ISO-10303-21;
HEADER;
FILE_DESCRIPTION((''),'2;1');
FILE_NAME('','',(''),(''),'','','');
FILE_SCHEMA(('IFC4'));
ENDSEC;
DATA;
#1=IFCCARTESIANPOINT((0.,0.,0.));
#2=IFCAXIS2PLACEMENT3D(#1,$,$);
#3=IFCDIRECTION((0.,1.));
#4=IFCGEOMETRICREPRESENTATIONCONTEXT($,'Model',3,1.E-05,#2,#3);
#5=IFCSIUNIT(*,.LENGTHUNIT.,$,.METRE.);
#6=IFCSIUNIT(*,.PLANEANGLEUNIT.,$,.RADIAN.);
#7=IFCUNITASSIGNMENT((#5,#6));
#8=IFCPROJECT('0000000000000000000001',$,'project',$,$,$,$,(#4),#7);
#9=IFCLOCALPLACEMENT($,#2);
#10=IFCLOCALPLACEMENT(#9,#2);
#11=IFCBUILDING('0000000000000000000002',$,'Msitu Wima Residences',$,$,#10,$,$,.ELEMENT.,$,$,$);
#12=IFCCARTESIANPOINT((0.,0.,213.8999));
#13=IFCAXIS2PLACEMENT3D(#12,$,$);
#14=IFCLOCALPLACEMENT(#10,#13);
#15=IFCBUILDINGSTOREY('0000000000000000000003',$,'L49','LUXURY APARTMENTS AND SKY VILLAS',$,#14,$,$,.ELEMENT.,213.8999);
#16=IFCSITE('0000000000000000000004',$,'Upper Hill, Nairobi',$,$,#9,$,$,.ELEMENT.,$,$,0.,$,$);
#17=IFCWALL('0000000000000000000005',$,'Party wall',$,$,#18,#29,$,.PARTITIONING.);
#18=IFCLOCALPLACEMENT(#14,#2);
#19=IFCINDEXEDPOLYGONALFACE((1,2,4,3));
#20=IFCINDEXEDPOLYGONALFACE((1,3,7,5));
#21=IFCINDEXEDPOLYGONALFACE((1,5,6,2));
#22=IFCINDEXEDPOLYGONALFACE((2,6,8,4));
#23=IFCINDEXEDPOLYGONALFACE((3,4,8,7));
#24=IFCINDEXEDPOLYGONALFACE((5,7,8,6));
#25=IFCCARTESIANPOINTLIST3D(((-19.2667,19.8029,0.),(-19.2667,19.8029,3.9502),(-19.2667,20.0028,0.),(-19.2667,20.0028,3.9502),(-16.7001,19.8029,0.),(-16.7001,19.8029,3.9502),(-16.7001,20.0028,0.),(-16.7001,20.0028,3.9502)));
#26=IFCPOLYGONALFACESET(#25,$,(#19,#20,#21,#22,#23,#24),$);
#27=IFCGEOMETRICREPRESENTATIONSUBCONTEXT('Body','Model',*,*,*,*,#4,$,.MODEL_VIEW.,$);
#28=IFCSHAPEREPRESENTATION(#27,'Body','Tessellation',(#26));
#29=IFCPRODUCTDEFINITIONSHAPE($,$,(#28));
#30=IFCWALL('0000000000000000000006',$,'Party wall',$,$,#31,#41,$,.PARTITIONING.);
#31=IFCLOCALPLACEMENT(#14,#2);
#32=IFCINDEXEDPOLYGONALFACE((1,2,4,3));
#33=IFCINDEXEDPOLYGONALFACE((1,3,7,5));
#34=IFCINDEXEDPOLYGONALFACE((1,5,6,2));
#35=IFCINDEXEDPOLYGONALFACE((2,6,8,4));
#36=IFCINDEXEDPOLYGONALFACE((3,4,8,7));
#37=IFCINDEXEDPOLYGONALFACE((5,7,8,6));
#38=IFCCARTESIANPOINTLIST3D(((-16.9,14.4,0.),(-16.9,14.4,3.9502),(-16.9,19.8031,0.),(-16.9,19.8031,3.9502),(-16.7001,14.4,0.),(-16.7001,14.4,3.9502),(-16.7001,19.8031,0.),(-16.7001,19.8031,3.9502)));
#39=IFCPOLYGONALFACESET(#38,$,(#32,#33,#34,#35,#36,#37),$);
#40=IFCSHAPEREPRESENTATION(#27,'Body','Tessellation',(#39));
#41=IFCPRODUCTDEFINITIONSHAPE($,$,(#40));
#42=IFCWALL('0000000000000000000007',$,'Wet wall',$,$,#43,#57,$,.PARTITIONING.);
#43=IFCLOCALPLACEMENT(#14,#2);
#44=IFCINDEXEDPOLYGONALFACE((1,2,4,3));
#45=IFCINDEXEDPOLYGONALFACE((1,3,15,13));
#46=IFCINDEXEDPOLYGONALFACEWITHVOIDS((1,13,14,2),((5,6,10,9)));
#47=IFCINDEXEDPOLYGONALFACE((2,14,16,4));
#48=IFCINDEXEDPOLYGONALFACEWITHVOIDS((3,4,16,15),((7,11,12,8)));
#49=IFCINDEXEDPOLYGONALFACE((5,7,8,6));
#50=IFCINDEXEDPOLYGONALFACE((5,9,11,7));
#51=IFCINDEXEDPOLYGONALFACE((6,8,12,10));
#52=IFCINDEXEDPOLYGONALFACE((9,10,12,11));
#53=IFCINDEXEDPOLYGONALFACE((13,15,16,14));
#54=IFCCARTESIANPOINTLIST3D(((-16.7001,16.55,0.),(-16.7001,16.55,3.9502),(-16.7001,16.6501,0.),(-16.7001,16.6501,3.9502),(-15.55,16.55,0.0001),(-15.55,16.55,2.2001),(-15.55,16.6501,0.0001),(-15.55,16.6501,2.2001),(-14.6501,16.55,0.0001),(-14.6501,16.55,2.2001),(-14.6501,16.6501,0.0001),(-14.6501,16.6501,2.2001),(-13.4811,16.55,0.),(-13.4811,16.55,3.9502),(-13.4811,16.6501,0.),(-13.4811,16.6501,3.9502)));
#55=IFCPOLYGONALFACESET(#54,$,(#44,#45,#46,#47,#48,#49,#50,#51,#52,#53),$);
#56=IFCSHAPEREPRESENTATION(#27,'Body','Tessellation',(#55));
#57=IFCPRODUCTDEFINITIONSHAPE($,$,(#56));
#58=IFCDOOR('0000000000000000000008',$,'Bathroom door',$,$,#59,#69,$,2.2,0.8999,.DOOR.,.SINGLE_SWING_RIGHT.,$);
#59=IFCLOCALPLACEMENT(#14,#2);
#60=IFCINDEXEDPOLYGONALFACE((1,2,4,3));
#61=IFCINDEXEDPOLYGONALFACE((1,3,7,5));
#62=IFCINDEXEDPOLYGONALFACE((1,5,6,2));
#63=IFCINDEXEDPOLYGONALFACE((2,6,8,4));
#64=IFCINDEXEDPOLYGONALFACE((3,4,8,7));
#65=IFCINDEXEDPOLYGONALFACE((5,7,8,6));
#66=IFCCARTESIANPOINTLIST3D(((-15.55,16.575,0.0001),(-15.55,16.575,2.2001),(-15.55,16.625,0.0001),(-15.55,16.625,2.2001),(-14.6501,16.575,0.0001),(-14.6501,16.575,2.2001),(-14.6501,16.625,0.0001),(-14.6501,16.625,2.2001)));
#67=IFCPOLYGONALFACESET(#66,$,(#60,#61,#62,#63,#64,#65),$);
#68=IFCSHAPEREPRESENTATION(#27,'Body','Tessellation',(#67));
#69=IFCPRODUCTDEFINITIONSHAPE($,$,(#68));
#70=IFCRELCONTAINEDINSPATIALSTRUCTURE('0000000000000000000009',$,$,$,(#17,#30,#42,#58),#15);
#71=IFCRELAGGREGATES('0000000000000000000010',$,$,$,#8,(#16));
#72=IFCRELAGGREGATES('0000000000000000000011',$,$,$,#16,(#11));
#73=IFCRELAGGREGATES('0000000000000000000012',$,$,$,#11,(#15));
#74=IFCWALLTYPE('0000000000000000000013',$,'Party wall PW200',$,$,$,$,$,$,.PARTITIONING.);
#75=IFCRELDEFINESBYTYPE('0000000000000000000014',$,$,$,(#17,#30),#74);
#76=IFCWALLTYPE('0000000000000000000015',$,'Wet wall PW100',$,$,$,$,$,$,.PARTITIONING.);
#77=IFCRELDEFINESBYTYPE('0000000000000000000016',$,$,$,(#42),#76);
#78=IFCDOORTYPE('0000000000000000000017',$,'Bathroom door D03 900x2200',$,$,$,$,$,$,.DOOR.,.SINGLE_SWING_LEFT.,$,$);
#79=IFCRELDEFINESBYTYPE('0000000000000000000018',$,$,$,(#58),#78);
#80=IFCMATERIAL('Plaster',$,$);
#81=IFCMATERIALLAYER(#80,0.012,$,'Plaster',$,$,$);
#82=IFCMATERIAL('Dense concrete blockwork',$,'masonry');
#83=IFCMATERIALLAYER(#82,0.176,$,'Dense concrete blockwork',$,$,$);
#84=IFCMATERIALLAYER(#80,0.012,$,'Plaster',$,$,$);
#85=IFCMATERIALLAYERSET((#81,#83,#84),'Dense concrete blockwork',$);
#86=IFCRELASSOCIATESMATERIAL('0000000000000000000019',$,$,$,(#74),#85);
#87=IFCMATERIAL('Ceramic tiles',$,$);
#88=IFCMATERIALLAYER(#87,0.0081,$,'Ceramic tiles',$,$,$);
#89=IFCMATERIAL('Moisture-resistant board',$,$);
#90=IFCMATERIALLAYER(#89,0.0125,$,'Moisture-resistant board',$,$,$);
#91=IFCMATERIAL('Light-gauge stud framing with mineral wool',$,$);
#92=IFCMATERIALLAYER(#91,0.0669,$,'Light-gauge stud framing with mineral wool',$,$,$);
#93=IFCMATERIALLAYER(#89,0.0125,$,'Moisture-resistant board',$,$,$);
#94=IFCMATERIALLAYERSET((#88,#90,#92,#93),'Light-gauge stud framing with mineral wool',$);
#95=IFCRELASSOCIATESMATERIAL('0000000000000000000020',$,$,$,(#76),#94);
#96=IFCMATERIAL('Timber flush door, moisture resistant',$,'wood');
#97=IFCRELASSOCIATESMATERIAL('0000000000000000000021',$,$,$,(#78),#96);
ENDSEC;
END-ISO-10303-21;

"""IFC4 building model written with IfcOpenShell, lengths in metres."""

from ifc_helpers import new_model, si_unit, direction, frame, frame_2d, origin, place, context, subcontext, project, spatial, rectangle, extrude, material, layer, layer_set, type_object, element, fill, save


model = new_model("IFC4")

# Units and contexts
model_context = context("Model", 3, precision=1e-05, world=origin(), true_north=direction((0.0, 1.0)))
body_context = subcontext(model_context, "Body", "Model", "MODEL_VIEW")
ifc_project = project(units=[si_unit("LENGTHUNIT", "METRE"), si_unit("PLANEANGLEUNIT", "RADIAN")], contexts=[model_context])

# Site, building, storey
site_placement = place(None, origin())
site = spatial("IfcSite", under=ifc_project, at=site_placement, Name="Upper Hill, Nairobi", CompositionType="ELEMENT", RefElevation=0.0)
building_placement = place(site_placement, origin())
building = spatial("IfcBuilding", under=site, at=building_placement, Name="Msitu Wima Residences", CompositionType="ELEMENT")
storey_placement = place(building_placement, frame((0.0, 0.0, 213.8999)))
storey = spatial("IfcBuildingStorey", under=building, at=storey_placement, Name="L49", Description="LUXURY APARTMENTS AND SKY VILLAS", CompositionType="ELEMENT", Elevation=213.8999)

# Shared definitions
ifc_material_1 = material(Name="Plaster")

# Walls
ifc_layer_1 = layer(ifc_material_1, 0.012, Name="Plaster")
ifc_material_2 = material(Name="Dense concrete blockwork", Category="masonry")
ifc_layer_2 = layer(ifc_material_2, 0.176, Name="Dense concrete blockwork")
ifc_layer_3 = layer(ifc_material_1, 0.012, Name="Plaster")
ifc_layer_set_1 = layer_set([ifc_layer_1, ifc_layer_2, ifc_layer_3], Name="Dense concrete blockwork")
wall_type_1 = type_object("IfcWallType", Name="Party wall PW200", PredefinedType="PARTITIONING", material=ifc_layer_set_1)
wall_1_placement = place(storey_placement, frame((-19.2666, 19.9028, 0.0), z_axis=(0.0, 0.0, 1.0), x_axis=(1.0, 0.0, 0.0)))
element("IfcWall", 1, at=wall_1_placement, inside=storey, type_object=wall_type_1, Name="Party wall", PredefinedType="PARTITIONING", context=body_context, shape_type="SweptSolid", body=[
    extrude(rectangle(XDim=2.5667, YDim=0.2, at=frame_2d((1.2832, 0.0))), origin(), (0.0, 0.0, 1.0), 3.9502),
])
wall_2_placement = place(storey_placement, frame((-16.8, 14.3999, 0.0), z_axis=(0.0, 0.0, 1.0), x_axis=(0.0, 1.0, 0.0)))
element("IfcWall", 2, at=wall_2_placement, inside=storey, type_object=wall_type_1, Name="Party wall", PredefinedType="PARTITIONING", context=body_context, shape_type="SweptSolid", body=[
    extrude(rectangle(XDim=5.4031, YDim=0.2, at=frame_2d((2.7017, 0.0))), origin(), (0.0, 0.0, 1.0), 3.9502),
])

# Wall, opening, door
ifc_material_3 = material(Name="Ceramic tiles")
ifc_layer_4 = layer(ifc_material_3, 0.0081, Name="Ceramic tiles")
ifc_material_4 = material(Name="Moisture-resistant board")
ifc_layer_5 = layer(ifc_material_4, 0.0125, Name="Moisture-resistant board")
ifc_material_5 = material(Name="Light-gauge stud framing with mineral wool")
ifc_layer_6 = layer(ifc_material_5, 0.0669, Name="Light-gauge stud framing with mineral wool")
ifc_layer_7 = layer(ifc_material_4, 0.0125, Name="Moisture-resistant board")
ifc_layer_set_2 = layer_set([ifc_layer_4, ifc_layer_5, ifc_layer_6, ifc_layer_7], Name="Light-gauge stud framing with mineral wool")
wall_type_2 = type_object("IfcWallType", Name="Wet wall PW100", PredefinedType="PARTITIONING", material=ifc_layer_set_2)
wall_3_placement = place(storey_placement, frame((-16.7, 16.6001, 0.0), z_axis=(0.0, 0.0, 1.0), x_axis=(1.0, 0.0, 0.0)))
wall_3 = element("IfcWall", 3, at=wall_3_placement, inside=storey, type_object=wall_type_2, Name="Wet wall", PredefinedType="PARTITIONING", context=body_context, shape_type="SweptSolid", body=[
    extrude(rectangle(XDim=3.219, YDim=0.1001, at=frame_2d((1.6094, 0.0))), origin(), (0.0, 0.0, 1.0), 3.9502),
])
opening_1_placement = place(wall_3_placement, frame((1.1499, 0.0, 0.0)))
opening_1 = element("IfcOpeningElement", 4, at=opening_1_placement, cuts=wall_3, PredefinedType="OPENING", context=body_context, shape_type="SweptSolid", body=[
    extrude(rectangle(XDim=0.8999, YDim=2.2, at=frame_2d((0.45, 1.1001))), frame((0.0, 0.0601, 0.0), z_axis=(0.0, -1.0, 0.0), x_axis=(1.0, 0.0, 0.0)), (0.0, 0.0, 1.0), 0.1201),
])
ifc_material_6 = material(Name="Timber flush door, moisture resistant", Category="wood")
door_type_1 = type_object("IfcDoorType", Name="Bathroom door D03 900x2200", OperationType="SINGLE_SWING_LEFT", PredefinedType="DOOR", material=ifc_material_6)
door_1_placement = place(opening_1_placement, origin())
door_1 = element("IfcDoor", 5, at=door_1_placement, inside=storey, type_object=door_type_1, Name="Bathroom door", OperationType="SINGLE_SWING_RIGHT", OverallHeight=2.2, OverallWidth=0.8999, PredefinedType="DOOR", context=body_context, shape_type="SweptSolid", body=[
    extrude(rectangle(XDim=0.8999, YDim=2.2, at=frame_2d((0.45, 1.1001))), frame((0.0, 0.0249, 0.0), z_axis=(0.0, -1.0, 0.0), x_axis=(1.0, 0.0, 0.0)), (0.0, 0.0, 1.0), 0.05),
])
fill(opening_1, door_1)

save(model, "model.ifc")
